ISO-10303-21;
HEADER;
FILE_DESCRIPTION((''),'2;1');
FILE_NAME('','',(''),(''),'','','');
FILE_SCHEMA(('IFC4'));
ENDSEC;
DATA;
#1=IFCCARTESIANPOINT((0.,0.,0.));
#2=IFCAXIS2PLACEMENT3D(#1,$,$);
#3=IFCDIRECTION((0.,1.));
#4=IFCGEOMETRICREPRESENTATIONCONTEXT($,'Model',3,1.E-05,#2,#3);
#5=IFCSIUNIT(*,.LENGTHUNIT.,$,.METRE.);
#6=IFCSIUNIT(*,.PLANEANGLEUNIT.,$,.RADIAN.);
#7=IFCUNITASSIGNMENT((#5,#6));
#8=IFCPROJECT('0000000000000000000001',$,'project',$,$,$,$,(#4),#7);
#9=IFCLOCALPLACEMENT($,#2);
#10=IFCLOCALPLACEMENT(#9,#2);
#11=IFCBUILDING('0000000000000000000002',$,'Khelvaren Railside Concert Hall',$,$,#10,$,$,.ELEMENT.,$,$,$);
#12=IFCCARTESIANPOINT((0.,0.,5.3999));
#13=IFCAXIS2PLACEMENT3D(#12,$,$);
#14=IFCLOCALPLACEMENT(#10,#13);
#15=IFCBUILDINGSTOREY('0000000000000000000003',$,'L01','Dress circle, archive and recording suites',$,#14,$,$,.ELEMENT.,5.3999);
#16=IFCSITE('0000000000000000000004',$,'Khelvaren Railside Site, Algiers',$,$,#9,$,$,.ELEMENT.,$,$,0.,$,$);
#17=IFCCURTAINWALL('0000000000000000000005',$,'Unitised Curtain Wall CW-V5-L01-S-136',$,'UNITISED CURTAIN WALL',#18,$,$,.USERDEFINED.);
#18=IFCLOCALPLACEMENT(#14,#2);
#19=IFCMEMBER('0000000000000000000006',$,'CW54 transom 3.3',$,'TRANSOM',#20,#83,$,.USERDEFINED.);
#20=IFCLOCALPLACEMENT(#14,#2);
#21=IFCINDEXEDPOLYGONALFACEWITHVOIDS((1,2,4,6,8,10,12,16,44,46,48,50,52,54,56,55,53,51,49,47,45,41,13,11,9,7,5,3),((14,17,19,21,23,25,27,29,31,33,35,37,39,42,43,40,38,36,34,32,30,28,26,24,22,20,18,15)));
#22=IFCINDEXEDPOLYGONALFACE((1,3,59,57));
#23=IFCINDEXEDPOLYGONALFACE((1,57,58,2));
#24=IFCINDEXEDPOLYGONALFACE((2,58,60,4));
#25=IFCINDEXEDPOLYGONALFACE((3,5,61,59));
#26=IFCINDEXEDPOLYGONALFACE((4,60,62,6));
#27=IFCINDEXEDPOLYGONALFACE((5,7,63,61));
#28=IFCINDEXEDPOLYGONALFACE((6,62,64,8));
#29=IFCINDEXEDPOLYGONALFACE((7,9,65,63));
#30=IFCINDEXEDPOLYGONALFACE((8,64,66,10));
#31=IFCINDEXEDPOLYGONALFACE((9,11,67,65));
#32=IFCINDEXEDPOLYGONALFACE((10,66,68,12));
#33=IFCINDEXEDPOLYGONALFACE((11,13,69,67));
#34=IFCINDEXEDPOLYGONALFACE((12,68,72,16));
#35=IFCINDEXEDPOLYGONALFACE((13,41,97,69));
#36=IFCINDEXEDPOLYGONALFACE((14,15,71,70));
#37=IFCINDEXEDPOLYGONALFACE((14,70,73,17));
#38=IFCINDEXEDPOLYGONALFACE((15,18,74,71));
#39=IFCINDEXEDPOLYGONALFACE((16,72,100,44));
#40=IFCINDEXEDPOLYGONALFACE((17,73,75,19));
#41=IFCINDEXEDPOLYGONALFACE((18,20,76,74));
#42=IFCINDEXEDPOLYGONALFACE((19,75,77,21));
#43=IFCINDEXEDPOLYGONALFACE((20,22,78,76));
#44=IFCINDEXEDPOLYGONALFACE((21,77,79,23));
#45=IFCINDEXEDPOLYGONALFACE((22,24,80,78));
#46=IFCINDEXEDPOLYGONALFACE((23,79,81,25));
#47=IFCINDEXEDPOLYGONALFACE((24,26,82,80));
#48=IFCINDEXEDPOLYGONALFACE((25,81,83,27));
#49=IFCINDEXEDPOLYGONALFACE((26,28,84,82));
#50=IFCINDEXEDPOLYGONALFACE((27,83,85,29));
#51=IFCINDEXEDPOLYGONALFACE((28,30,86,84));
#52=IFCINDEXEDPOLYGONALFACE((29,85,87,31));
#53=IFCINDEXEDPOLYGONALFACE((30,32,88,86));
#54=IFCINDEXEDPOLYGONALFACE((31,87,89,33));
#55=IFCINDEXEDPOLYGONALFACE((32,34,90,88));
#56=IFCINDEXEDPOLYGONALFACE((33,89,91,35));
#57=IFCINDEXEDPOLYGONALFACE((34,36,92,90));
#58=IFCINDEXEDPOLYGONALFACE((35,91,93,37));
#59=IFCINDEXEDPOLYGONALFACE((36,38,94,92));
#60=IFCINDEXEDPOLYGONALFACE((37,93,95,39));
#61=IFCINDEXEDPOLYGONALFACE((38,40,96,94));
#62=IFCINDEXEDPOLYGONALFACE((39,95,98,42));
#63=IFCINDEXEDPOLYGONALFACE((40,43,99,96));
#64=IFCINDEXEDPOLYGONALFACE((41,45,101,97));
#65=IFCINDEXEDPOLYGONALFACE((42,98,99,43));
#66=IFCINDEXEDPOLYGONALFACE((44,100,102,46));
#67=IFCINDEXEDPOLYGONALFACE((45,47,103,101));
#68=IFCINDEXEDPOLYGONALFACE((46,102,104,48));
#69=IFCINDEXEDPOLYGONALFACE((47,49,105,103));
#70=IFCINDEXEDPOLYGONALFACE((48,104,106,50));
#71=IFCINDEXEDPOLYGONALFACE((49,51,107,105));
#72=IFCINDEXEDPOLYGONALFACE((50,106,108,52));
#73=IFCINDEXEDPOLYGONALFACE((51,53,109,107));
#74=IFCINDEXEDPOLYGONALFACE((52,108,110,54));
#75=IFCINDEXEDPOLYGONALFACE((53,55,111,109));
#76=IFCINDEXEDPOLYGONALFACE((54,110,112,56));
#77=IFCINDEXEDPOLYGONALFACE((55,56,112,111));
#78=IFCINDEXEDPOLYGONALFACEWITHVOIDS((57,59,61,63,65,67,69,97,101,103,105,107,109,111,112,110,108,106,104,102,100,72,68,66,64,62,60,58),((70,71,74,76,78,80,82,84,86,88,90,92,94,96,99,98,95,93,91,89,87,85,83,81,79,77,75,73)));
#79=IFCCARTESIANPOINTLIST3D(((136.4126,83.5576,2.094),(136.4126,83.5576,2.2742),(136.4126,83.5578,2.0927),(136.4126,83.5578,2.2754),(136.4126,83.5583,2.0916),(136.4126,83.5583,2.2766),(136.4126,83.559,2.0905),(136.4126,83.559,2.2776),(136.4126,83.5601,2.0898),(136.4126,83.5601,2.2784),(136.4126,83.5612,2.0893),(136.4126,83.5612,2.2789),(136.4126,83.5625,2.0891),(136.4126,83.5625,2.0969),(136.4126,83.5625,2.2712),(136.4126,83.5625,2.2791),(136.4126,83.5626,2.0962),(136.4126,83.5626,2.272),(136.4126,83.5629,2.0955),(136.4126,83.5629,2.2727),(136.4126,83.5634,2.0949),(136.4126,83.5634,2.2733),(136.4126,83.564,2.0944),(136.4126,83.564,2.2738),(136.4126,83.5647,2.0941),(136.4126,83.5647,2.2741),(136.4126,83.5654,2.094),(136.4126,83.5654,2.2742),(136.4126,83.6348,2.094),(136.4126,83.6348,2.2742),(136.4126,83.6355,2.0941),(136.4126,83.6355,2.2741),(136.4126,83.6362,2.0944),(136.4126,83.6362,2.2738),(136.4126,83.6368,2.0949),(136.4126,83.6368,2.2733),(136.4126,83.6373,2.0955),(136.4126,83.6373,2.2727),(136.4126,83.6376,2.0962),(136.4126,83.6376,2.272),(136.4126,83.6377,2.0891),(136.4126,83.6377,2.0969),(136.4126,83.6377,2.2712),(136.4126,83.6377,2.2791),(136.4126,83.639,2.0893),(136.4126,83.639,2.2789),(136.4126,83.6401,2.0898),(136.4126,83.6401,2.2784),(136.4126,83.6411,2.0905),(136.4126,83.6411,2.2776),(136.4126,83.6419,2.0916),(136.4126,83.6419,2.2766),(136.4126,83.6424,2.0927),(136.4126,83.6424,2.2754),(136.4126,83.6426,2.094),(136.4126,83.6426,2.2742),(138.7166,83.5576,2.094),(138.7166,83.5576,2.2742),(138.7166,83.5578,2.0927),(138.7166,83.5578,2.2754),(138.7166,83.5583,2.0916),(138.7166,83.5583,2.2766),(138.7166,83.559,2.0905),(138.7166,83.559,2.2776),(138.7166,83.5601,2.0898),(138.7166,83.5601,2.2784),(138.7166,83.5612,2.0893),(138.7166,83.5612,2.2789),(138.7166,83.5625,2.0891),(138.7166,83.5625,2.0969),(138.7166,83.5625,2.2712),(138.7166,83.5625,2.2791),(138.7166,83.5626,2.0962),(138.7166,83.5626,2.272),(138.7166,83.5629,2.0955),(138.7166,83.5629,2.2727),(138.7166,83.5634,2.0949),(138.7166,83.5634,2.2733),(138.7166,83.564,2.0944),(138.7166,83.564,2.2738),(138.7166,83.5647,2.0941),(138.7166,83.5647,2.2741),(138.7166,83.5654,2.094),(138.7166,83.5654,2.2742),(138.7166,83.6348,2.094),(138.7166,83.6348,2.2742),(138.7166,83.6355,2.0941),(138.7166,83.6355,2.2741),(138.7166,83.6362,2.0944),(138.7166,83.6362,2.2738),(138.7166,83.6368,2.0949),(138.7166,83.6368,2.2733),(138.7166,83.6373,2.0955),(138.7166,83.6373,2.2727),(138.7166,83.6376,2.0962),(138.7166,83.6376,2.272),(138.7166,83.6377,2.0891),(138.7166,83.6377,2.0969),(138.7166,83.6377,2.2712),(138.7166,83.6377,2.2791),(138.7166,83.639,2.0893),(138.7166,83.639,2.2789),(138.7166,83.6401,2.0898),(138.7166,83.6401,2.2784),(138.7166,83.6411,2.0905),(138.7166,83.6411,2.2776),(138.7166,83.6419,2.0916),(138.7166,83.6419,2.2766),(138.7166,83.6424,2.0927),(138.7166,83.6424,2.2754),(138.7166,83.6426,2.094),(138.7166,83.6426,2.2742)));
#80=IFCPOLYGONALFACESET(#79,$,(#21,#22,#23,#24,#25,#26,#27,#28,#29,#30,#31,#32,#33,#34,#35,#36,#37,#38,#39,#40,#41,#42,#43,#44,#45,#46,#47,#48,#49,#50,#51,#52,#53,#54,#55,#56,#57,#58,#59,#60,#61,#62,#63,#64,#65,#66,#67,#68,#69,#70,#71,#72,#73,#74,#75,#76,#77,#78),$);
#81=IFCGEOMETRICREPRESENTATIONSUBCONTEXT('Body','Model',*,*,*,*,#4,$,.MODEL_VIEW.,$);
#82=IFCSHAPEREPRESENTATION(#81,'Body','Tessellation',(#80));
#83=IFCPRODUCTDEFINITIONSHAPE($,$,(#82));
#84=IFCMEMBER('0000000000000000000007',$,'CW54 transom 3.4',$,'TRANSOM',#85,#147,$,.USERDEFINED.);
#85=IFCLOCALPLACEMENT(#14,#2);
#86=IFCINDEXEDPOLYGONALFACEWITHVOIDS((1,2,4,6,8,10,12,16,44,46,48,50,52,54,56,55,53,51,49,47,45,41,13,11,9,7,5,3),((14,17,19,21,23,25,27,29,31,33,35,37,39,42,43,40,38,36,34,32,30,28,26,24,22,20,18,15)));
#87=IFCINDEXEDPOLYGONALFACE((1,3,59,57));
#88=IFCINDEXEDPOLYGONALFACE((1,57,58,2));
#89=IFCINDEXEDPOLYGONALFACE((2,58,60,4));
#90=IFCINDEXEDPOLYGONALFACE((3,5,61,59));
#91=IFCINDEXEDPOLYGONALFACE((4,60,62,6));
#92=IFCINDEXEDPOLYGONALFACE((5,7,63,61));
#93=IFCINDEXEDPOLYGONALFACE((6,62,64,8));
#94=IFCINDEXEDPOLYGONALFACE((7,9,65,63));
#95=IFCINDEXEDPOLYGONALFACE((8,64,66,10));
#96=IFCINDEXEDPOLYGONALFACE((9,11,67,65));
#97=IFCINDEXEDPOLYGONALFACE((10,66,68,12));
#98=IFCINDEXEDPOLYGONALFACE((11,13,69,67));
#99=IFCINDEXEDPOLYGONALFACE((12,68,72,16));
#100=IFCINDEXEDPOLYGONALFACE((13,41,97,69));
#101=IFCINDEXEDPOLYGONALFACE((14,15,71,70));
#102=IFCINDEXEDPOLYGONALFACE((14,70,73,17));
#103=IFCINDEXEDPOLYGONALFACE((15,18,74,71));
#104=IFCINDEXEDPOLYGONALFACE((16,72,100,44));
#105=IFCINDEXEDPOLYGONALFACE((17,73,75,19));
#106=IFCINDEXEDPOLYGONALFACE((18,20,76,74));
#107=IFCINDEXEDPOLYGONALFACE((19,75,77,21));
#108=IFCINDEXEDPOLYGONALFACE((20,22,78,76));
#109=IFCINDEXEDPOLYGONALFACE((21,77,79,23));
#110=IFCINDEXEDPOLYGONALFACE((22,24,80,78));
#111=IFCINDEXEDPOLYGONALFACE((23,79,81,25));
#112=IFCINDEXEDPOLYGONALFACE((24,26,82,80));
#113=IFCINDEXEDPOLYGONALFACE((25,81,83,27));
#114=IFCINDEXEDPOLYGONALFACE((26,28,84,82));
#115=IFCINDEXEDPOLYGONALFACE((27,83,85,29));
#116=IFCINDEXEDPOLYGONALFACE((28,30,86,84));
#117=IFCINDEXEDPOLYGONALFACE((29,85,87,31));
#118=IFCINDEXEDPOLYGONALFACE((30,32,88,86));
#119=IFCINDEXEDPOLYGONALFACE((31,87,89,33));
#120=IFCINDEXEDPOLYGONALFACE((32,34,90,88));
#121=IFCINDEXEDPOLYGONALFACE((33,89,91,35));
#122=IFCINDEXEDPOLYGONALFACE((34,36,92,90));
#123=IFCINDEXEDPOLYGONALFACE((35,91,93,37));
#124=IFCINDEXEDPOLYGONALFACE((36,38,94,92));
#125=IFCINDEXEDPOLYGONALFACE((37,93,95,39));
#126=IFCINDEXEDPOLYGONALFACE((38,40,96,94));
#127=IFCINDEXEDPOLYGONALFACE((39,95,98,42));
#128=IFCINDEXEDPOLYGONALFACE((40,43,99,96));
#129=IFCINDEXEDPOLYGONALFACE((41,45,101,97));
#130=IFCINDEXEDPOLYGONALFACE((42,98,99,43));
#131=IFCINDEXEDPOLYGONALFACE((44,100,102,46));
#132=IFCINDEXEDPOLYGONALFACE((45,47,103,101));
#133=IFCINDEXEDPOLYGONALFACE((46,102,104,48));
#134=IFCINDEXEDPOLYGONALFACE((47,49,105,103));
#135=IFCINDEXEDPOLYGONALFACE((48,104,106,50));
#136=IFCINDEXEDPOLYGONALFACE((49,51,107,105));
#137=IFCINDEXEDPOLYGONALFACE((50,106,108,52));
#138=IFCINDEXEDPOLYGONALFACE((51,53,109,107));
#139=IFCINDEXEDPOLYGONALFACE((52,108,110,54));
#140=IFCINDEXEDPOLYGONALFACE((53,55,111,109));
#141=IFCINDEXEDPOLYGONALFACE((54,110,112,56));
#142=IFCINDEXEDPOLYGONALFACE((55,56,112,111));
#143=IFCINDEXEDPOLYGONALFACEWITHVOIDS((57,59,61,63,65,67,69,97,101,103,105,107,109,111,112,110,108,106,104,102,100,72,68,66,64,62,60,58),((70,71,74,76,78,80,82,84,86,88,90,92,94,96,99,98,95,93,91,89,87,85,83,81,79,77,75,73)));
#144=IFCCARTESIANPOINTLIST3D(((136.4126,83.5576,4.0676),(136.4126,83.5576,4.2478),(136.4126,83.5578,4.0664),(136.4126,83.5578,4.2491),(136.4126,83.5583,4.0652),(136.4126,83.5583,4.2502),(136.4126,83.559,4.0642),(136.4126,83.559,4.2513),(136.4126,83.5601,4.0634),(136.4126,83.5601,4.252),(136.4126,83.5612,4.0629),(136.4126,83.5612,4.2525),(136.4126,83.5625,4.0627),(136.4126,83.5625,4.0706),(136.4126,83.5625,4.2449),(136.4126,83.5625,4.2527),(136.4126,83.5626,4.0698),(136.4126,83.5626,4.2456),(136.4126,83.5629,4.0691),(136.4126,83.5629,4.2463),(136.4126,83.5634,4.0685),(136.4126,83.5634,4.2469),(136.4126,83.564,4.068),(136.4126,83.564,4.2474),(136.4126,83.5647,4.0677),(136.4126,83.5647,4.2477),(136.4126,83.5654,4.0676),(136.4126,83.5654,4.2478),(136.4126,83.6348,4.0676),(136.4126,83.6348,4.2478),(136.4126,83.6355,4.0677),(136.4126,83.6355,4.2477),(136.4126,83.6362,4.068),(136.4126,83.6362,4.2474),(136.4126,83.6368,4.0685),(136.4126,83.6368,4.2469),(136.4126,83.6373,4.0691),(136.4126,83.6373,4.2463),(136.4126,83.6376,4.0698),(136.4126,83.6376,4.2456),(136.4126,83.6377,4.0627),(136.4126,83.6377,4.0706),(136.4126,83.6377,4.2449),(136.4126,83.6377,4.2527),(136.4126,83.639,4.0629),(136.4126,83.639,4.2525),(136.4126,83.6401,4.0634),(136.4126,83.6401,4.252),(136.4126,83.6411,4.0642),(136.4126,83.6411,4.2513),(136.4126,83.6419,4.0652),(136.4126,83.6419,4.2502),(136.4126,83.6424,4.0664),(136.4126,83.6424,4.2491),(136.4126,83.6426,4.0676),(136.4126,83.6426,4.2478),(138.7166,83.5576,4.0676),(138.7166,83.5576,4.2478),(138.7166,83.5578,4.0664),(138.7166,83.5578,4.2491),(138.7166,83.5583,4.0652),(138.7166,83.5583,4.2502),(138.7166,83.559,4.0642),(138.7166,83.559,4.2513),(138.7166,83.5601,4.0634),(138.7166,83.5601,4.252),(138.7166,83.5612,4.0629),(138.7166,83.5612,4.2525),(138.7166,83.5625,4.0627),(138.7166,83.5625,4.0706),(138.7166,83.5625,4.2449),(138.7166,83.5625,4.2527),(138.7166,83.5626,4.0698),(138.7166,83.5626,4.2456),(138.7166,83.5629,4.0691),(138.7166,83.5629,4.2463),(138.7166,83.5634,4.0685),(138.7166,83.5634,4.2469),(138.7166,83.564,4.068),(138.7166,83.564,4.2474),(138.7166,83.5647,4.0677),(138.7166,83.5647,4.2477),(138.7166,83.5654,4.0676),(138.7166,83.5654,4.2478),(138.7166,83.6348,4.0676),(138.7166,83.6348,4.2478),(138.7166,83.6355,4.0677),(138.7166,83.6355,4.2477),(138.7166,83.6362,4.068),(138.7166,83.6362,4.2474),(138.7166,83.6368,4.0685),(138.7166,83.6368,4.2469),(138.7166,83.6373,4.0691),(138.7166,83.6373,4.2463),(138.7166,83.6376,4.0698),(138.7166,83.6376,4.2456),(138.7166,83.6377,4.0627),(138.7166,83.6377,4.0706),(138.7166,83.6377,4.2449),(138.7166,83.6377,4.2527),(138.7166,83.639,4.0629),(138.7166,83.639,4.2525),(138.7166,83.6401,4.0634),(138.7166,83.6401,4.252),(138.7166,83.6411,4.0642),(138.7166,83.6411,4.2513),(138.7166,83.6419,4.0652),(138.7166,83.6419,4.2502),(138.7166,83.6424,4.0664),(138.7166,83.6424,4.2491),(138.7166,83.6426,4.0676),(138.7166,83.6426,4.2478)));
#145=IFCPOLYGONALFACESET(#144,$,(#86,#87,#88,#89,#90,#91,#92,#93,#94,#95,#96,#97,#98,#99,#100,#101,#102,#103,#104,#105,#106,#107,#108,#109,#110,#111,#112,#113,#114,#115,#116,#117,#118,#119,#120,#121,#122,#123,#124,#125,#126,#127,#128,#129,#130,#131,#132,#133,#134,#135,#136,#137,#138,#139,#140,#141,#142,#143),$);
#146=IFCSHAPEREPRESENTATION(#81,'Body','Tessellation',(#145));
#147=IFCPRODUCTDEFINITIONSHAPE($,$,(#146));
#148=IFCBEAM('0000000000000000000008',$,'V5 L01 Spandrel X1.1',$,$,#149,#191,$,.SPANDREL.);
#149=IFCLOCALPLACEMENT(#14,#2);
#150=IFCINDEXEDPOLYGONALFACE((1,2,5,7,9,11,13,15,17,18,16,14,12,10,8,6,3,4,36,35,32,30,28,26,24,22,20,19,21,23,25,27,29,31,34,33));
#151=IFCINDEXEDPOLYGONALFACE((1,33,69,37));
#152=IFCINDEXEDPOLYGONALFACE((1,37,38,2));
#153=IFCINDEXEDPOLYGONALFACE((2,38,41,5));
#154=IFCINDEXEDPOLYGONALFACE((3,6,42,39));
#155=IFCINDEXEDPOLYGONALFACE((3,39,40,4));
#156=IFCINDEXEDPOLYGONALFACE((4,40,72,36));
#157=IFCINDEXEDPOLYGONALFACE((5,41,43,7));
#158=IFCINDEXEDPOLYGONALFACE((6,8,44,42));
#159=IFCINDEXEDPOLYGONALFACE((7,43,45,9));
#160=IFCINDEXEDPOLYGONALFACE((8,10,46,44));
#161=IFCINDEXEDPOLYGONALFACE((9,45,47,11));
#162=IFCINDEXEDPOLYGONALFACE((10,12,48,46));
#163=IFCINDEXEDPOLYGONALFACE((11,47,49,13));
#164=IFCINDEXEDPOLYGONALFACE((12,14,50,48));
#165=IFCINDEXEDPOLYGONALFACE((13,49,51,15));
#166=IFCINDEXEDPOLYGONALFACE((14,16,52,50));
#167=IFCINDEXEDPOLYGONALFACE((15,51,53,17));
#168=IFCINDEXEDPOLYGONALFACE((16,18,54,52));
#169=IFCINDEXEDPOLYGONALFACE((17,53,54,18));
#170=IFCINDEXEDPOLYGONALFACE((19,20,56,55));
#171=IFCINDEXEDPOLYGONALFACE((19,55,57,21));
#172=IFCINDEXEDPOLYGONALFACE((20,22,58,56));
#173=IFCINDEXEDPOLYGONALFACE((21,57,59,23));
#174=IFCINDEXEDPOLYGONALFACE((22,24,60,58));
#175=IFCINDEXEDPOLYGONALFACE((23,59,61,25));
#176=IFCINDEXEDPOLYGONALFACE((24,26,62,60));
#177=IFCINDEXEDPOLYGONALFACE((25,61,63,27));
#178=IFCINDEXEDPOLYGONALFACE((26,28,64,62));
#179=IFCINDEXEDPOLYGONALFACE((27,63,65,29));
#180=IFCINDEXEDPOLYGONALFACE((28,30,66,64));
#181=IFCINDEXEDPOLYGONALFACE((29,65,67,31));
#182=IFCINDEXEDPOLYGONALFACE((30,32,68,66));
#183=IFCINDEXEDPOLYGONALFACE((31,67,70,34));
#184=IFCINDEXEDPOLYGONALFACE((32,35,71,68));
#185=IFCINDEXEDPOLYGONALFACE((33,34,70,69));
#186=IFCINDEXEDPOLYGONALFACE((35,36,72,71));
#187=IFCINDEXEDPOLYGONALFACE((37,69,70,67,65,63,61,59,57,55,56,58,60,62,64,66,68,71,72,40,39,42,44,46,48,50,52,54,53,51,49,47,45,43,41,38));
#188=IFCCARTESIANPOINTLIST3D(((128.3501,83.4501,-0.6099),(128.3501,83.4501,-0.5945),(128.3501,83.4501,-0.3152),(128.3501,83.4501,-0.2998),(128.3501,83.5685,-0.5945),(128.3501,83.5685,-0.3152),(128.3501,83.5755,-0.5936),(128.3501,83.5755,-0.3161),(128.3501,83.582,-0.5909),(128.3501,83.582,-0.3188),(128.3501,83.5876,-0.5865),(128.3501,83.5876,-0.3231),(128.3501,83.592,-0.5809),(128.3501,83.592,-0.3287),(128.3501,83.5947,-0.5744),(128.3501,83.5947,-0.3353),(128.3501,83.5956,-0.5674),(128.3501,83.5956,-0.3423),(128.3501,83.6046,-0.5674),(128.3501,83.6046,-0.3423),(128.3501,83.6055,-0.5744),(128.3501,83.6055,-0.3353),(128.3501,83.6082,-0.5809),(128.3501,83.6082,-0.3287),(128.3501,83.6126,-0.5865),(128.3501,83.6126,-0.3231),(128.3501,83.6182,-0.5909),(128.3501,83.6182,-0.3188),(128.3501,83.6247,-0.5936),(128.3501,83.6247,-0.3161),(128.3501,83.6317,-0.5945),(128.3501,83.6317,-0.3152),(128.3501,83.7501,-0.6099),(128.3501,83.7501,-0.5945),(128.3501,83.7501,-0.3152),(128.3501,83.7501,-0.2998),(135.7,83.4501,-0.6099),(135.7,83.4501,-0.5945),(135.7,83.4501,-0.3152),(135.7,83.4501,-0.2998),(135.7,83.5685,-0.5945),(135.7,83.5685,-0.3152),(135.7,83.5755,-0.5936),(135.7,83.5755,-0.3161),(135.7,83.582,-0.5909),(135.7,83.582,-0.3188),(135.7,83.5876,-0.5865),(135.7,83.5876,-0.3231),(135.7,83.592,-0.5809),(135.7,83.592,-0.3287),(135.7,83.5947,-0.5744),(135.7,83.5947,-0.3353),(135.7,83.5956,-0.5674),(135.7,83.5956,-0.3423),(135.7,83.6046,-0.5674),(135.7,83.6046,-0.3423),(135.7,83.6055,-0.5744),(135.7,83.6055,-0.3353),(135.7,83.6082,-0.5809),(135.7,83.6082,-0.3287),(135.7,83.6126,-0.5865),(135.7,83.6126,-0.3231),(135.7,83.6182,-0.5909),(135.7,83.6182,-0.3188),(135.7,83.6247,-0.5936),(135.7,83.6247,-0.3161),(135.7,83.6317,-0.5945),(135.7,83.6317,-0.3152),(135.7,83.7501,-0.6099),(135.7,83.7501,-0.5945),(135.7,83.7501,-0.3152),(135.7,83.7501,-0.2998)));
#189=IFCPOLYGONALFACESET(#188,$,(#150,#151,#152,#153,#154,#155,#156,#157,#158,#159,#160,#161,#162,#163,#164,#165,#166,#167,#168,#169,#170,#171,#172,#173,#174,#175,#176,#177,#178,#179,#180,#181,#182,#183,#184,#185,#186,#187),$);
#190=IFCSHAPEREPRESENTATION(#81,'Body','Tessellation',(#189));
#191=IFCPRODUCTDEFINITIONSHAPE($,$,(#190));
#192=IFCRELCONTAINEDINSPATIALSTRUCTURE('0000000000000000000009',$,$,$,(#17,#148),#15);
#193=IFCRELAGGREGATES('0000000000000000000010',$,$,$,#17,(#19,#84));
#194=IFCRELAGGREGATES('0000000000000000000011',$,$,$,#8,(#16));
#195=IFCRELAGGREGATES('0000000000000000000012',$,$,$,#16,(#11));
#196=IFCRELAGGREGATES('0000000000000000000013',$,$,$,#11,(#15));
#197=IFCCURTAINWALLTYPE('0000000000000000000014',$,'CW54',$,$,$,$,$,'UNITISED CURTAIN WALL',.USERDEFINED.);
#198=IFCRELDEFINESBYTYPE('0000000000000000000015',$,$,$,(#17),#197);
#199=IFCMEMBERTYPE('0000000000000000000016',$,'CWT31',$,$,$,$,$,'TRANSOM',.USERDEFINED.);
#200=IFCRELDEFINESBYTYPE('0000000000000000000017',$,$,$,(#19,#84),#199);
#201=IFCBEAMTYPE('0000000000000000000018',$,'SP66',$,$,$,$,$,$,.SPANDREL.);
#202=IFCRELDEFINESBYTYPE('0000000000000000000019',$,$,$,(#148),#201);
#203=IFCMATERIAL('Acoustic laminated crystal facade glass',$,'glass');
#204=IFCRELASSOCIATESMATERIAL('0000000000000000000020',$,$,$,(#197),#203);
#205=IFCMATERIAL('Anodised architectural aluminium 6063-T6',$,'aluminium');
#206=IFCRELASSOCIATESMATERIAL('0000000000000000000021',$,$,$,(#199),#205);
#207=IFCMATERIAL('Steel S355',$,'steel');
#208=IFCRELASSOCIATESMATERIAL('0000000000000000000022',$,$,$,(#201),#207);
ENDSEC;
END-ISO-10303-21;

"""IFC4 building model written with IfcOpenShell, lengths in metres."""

from ifc_helpers import new_model, si_unit, direction, frame, origin, origin_2d, place, context, subcontext, project, spatial, hollow_rectangle, i_section, extrude, material, material_profile, profile_set, type_object, element, aggregate, save


model = new_model("IFC4")

# Units and contexts
model_context = context("Model", 3, precision=1e-05, world=origin(), true_north=direction((0.0, 1.0)))
body_context = subcontext(model_context, "Body", "Model", "MODEL_VIEW")
ifc_project = project(units=[si_unit("LENGTHUNIT", "METRE"), si_unit("PLANEANGLEUNIT", "RADIAN")], contexts=[model_context])

# Site, building, storey
site_placement = place(None, origin())
site = spatial("IfcSite", under=ifc_project, at=site_placement, Name="Khelvaren Railside Site, Algiers", CompositionType="ELEMENT", RefElevation=0.0)
building_placement = place(site_placement, origin())
building = spatial("IfcBuilding", under=site, at=building_placement, Name="Khelvaren Railside Concert Hall", CompositionType="ELEMENT")
storey_placement = place(building_placement, frame((0.0, 0.0, 5.3999)))
storey = spatial("IfcBuildingStorey", under=building, at=storey_placement, Name="L01", Description="Dress circle, archive and recording suites", CompositionType="ELEMENT", Elevation=5.3999)

# Curtain wall, members
ifc_material_1 = material(Name="Acoustic laminated crystal facade glass", Category="glass")
curtain_wall_type = type_object("IfcCurtainWallType", Name="CW54", ElementType="UNITISED CURTAIN WALL", PredefinedType="USERDEFINED", material=ifc_material_1)
curtain_wall_placement = place(storey_placement, origin())
curtain_wall = element("IfcCurtainWall", 1, at=curtain_wall_placement, inside=storey, type_object=curtain_wall_type, Name="Unitised Curtain Wall CW-V5-L01-S-136", ObjectType="UNITISED CURTAIN WALL", PredefinedType="USERDEFINED")
ifc_material_2 = material(Name="Anodised architectural aluminium 6063-T6", Category="aluminium")
ifc_material_profile_1 = material_profile(ifc_material_2, hollow_rectangle(XDim=0.085, YDim=0.1899, WallThickness=0.0049, InnerFilletRadius=0.0029, OuterFilletRadius=0.0049, at=origin_2d()), Name="CWT 85x190x5")
ifc_profile_set_1 = profile_set([ifc_material_profile_1], Name="Anodised architectural aluminium 6063-T6")
member_type_1 = type_object("IfcMemberType", Name="CWT31", ElementType="TRANSOM", PredefinedType="USERDEFINED", material=ifc_profile_set_1)
member_1_placement = place(storey_placement, frame((138.7166, 83.6001, 2.1841), z_axis=(-1.0, 0.0, 0.0), x_axis=(0.0, -1.0, 0.0)))
member_1 = element("IfcMember", 2, at=member_1_placement, type_object=member_type_1, Name="CW54 transom 3.3", ObjectType="TRANSOM", PredefinedType="USERDEFINED", context=body_context, shape_type="SweptSolid", body=[
    extrude(hollow_rectangle(XDim=0.085, YDim=0.1899, WallThickness=0.0049, InnerFilletRadius=0.0029, OuterFilletRadius=0.0049, at=origin_2d()), origin(), (0.0, 0.0, 1.0), 2.304),
])
member_2_placement = place(storey_placement, frame((138.7166, 83.6001, 4.1577), z_axis=(-1.0, 0.0, 0.0), x_axis=(0.0, -1.0, 0.0)))
member_2 = element("IfcMember", 3, at=member_2_placement, type_object=member_type_1, Name="CW54 transom 3.4", ObjectType="TRANSOM", PredefinedType="USERDEFINED", context=body_context, shape_type="SweptSolid", body=[
    extrude(hollow_rectangle(XDim=0.085, YDim=0.1899, WallThickness=0.0049, InnerFilletRadius=0.0029, OuterFilletRadius=0.0049, at=origin_2d()), origin(), (0.0, 0.0, 1.0), 2.304),
])

# Beam
ifc_material_3 = material(Name="Steel S355", Category="steel")
ifc_material_profile_2 = material_profile(ifc_material_3, i_section(OverallWidth=0.3, OverallDepth=0.3101, WebThickness=0.009, FlangeThickness=0.0154, FilletRadius=0.0271, at=origin_2d()), Name="HEA 320")
ifc_profile_set_2 = profile_set([ifc_material_profile_2], Name="Steel S355")
beam_type_1 = type_object("IfcBeamType", Name="SP66", PredefinedType="SPANDREL", material=ifc_profile_set_2)
beam_1_placement = place(storey_placement, frame((128.3501, 83.6001, -0.4548), z_axis=(1.0, 0.0, 0.0), x_axis=(0.0, 1.0, 0.0)))
element("IfcBeam", 4, at=beam_1_placement, inside=storey, type_object=beam_type_1, Name="V5 L01 Spandrel X1.1", PredefinedType="SPANDREL", context=body_context, shape_type="SweptSolid", body=[
    extrude(i_section(OverallWidth=0.3, OverallDepth=0.3101, WebThickness=0.009, FlangeThickness=0.0154, FilletRadius=0.0271, at=origin_2d()), origin(), (0.0, 0.0, 1.0), 7.3499),
])

aggregate(curtain_wall, [member_1, member_2])

save(model, "model.ifc")
